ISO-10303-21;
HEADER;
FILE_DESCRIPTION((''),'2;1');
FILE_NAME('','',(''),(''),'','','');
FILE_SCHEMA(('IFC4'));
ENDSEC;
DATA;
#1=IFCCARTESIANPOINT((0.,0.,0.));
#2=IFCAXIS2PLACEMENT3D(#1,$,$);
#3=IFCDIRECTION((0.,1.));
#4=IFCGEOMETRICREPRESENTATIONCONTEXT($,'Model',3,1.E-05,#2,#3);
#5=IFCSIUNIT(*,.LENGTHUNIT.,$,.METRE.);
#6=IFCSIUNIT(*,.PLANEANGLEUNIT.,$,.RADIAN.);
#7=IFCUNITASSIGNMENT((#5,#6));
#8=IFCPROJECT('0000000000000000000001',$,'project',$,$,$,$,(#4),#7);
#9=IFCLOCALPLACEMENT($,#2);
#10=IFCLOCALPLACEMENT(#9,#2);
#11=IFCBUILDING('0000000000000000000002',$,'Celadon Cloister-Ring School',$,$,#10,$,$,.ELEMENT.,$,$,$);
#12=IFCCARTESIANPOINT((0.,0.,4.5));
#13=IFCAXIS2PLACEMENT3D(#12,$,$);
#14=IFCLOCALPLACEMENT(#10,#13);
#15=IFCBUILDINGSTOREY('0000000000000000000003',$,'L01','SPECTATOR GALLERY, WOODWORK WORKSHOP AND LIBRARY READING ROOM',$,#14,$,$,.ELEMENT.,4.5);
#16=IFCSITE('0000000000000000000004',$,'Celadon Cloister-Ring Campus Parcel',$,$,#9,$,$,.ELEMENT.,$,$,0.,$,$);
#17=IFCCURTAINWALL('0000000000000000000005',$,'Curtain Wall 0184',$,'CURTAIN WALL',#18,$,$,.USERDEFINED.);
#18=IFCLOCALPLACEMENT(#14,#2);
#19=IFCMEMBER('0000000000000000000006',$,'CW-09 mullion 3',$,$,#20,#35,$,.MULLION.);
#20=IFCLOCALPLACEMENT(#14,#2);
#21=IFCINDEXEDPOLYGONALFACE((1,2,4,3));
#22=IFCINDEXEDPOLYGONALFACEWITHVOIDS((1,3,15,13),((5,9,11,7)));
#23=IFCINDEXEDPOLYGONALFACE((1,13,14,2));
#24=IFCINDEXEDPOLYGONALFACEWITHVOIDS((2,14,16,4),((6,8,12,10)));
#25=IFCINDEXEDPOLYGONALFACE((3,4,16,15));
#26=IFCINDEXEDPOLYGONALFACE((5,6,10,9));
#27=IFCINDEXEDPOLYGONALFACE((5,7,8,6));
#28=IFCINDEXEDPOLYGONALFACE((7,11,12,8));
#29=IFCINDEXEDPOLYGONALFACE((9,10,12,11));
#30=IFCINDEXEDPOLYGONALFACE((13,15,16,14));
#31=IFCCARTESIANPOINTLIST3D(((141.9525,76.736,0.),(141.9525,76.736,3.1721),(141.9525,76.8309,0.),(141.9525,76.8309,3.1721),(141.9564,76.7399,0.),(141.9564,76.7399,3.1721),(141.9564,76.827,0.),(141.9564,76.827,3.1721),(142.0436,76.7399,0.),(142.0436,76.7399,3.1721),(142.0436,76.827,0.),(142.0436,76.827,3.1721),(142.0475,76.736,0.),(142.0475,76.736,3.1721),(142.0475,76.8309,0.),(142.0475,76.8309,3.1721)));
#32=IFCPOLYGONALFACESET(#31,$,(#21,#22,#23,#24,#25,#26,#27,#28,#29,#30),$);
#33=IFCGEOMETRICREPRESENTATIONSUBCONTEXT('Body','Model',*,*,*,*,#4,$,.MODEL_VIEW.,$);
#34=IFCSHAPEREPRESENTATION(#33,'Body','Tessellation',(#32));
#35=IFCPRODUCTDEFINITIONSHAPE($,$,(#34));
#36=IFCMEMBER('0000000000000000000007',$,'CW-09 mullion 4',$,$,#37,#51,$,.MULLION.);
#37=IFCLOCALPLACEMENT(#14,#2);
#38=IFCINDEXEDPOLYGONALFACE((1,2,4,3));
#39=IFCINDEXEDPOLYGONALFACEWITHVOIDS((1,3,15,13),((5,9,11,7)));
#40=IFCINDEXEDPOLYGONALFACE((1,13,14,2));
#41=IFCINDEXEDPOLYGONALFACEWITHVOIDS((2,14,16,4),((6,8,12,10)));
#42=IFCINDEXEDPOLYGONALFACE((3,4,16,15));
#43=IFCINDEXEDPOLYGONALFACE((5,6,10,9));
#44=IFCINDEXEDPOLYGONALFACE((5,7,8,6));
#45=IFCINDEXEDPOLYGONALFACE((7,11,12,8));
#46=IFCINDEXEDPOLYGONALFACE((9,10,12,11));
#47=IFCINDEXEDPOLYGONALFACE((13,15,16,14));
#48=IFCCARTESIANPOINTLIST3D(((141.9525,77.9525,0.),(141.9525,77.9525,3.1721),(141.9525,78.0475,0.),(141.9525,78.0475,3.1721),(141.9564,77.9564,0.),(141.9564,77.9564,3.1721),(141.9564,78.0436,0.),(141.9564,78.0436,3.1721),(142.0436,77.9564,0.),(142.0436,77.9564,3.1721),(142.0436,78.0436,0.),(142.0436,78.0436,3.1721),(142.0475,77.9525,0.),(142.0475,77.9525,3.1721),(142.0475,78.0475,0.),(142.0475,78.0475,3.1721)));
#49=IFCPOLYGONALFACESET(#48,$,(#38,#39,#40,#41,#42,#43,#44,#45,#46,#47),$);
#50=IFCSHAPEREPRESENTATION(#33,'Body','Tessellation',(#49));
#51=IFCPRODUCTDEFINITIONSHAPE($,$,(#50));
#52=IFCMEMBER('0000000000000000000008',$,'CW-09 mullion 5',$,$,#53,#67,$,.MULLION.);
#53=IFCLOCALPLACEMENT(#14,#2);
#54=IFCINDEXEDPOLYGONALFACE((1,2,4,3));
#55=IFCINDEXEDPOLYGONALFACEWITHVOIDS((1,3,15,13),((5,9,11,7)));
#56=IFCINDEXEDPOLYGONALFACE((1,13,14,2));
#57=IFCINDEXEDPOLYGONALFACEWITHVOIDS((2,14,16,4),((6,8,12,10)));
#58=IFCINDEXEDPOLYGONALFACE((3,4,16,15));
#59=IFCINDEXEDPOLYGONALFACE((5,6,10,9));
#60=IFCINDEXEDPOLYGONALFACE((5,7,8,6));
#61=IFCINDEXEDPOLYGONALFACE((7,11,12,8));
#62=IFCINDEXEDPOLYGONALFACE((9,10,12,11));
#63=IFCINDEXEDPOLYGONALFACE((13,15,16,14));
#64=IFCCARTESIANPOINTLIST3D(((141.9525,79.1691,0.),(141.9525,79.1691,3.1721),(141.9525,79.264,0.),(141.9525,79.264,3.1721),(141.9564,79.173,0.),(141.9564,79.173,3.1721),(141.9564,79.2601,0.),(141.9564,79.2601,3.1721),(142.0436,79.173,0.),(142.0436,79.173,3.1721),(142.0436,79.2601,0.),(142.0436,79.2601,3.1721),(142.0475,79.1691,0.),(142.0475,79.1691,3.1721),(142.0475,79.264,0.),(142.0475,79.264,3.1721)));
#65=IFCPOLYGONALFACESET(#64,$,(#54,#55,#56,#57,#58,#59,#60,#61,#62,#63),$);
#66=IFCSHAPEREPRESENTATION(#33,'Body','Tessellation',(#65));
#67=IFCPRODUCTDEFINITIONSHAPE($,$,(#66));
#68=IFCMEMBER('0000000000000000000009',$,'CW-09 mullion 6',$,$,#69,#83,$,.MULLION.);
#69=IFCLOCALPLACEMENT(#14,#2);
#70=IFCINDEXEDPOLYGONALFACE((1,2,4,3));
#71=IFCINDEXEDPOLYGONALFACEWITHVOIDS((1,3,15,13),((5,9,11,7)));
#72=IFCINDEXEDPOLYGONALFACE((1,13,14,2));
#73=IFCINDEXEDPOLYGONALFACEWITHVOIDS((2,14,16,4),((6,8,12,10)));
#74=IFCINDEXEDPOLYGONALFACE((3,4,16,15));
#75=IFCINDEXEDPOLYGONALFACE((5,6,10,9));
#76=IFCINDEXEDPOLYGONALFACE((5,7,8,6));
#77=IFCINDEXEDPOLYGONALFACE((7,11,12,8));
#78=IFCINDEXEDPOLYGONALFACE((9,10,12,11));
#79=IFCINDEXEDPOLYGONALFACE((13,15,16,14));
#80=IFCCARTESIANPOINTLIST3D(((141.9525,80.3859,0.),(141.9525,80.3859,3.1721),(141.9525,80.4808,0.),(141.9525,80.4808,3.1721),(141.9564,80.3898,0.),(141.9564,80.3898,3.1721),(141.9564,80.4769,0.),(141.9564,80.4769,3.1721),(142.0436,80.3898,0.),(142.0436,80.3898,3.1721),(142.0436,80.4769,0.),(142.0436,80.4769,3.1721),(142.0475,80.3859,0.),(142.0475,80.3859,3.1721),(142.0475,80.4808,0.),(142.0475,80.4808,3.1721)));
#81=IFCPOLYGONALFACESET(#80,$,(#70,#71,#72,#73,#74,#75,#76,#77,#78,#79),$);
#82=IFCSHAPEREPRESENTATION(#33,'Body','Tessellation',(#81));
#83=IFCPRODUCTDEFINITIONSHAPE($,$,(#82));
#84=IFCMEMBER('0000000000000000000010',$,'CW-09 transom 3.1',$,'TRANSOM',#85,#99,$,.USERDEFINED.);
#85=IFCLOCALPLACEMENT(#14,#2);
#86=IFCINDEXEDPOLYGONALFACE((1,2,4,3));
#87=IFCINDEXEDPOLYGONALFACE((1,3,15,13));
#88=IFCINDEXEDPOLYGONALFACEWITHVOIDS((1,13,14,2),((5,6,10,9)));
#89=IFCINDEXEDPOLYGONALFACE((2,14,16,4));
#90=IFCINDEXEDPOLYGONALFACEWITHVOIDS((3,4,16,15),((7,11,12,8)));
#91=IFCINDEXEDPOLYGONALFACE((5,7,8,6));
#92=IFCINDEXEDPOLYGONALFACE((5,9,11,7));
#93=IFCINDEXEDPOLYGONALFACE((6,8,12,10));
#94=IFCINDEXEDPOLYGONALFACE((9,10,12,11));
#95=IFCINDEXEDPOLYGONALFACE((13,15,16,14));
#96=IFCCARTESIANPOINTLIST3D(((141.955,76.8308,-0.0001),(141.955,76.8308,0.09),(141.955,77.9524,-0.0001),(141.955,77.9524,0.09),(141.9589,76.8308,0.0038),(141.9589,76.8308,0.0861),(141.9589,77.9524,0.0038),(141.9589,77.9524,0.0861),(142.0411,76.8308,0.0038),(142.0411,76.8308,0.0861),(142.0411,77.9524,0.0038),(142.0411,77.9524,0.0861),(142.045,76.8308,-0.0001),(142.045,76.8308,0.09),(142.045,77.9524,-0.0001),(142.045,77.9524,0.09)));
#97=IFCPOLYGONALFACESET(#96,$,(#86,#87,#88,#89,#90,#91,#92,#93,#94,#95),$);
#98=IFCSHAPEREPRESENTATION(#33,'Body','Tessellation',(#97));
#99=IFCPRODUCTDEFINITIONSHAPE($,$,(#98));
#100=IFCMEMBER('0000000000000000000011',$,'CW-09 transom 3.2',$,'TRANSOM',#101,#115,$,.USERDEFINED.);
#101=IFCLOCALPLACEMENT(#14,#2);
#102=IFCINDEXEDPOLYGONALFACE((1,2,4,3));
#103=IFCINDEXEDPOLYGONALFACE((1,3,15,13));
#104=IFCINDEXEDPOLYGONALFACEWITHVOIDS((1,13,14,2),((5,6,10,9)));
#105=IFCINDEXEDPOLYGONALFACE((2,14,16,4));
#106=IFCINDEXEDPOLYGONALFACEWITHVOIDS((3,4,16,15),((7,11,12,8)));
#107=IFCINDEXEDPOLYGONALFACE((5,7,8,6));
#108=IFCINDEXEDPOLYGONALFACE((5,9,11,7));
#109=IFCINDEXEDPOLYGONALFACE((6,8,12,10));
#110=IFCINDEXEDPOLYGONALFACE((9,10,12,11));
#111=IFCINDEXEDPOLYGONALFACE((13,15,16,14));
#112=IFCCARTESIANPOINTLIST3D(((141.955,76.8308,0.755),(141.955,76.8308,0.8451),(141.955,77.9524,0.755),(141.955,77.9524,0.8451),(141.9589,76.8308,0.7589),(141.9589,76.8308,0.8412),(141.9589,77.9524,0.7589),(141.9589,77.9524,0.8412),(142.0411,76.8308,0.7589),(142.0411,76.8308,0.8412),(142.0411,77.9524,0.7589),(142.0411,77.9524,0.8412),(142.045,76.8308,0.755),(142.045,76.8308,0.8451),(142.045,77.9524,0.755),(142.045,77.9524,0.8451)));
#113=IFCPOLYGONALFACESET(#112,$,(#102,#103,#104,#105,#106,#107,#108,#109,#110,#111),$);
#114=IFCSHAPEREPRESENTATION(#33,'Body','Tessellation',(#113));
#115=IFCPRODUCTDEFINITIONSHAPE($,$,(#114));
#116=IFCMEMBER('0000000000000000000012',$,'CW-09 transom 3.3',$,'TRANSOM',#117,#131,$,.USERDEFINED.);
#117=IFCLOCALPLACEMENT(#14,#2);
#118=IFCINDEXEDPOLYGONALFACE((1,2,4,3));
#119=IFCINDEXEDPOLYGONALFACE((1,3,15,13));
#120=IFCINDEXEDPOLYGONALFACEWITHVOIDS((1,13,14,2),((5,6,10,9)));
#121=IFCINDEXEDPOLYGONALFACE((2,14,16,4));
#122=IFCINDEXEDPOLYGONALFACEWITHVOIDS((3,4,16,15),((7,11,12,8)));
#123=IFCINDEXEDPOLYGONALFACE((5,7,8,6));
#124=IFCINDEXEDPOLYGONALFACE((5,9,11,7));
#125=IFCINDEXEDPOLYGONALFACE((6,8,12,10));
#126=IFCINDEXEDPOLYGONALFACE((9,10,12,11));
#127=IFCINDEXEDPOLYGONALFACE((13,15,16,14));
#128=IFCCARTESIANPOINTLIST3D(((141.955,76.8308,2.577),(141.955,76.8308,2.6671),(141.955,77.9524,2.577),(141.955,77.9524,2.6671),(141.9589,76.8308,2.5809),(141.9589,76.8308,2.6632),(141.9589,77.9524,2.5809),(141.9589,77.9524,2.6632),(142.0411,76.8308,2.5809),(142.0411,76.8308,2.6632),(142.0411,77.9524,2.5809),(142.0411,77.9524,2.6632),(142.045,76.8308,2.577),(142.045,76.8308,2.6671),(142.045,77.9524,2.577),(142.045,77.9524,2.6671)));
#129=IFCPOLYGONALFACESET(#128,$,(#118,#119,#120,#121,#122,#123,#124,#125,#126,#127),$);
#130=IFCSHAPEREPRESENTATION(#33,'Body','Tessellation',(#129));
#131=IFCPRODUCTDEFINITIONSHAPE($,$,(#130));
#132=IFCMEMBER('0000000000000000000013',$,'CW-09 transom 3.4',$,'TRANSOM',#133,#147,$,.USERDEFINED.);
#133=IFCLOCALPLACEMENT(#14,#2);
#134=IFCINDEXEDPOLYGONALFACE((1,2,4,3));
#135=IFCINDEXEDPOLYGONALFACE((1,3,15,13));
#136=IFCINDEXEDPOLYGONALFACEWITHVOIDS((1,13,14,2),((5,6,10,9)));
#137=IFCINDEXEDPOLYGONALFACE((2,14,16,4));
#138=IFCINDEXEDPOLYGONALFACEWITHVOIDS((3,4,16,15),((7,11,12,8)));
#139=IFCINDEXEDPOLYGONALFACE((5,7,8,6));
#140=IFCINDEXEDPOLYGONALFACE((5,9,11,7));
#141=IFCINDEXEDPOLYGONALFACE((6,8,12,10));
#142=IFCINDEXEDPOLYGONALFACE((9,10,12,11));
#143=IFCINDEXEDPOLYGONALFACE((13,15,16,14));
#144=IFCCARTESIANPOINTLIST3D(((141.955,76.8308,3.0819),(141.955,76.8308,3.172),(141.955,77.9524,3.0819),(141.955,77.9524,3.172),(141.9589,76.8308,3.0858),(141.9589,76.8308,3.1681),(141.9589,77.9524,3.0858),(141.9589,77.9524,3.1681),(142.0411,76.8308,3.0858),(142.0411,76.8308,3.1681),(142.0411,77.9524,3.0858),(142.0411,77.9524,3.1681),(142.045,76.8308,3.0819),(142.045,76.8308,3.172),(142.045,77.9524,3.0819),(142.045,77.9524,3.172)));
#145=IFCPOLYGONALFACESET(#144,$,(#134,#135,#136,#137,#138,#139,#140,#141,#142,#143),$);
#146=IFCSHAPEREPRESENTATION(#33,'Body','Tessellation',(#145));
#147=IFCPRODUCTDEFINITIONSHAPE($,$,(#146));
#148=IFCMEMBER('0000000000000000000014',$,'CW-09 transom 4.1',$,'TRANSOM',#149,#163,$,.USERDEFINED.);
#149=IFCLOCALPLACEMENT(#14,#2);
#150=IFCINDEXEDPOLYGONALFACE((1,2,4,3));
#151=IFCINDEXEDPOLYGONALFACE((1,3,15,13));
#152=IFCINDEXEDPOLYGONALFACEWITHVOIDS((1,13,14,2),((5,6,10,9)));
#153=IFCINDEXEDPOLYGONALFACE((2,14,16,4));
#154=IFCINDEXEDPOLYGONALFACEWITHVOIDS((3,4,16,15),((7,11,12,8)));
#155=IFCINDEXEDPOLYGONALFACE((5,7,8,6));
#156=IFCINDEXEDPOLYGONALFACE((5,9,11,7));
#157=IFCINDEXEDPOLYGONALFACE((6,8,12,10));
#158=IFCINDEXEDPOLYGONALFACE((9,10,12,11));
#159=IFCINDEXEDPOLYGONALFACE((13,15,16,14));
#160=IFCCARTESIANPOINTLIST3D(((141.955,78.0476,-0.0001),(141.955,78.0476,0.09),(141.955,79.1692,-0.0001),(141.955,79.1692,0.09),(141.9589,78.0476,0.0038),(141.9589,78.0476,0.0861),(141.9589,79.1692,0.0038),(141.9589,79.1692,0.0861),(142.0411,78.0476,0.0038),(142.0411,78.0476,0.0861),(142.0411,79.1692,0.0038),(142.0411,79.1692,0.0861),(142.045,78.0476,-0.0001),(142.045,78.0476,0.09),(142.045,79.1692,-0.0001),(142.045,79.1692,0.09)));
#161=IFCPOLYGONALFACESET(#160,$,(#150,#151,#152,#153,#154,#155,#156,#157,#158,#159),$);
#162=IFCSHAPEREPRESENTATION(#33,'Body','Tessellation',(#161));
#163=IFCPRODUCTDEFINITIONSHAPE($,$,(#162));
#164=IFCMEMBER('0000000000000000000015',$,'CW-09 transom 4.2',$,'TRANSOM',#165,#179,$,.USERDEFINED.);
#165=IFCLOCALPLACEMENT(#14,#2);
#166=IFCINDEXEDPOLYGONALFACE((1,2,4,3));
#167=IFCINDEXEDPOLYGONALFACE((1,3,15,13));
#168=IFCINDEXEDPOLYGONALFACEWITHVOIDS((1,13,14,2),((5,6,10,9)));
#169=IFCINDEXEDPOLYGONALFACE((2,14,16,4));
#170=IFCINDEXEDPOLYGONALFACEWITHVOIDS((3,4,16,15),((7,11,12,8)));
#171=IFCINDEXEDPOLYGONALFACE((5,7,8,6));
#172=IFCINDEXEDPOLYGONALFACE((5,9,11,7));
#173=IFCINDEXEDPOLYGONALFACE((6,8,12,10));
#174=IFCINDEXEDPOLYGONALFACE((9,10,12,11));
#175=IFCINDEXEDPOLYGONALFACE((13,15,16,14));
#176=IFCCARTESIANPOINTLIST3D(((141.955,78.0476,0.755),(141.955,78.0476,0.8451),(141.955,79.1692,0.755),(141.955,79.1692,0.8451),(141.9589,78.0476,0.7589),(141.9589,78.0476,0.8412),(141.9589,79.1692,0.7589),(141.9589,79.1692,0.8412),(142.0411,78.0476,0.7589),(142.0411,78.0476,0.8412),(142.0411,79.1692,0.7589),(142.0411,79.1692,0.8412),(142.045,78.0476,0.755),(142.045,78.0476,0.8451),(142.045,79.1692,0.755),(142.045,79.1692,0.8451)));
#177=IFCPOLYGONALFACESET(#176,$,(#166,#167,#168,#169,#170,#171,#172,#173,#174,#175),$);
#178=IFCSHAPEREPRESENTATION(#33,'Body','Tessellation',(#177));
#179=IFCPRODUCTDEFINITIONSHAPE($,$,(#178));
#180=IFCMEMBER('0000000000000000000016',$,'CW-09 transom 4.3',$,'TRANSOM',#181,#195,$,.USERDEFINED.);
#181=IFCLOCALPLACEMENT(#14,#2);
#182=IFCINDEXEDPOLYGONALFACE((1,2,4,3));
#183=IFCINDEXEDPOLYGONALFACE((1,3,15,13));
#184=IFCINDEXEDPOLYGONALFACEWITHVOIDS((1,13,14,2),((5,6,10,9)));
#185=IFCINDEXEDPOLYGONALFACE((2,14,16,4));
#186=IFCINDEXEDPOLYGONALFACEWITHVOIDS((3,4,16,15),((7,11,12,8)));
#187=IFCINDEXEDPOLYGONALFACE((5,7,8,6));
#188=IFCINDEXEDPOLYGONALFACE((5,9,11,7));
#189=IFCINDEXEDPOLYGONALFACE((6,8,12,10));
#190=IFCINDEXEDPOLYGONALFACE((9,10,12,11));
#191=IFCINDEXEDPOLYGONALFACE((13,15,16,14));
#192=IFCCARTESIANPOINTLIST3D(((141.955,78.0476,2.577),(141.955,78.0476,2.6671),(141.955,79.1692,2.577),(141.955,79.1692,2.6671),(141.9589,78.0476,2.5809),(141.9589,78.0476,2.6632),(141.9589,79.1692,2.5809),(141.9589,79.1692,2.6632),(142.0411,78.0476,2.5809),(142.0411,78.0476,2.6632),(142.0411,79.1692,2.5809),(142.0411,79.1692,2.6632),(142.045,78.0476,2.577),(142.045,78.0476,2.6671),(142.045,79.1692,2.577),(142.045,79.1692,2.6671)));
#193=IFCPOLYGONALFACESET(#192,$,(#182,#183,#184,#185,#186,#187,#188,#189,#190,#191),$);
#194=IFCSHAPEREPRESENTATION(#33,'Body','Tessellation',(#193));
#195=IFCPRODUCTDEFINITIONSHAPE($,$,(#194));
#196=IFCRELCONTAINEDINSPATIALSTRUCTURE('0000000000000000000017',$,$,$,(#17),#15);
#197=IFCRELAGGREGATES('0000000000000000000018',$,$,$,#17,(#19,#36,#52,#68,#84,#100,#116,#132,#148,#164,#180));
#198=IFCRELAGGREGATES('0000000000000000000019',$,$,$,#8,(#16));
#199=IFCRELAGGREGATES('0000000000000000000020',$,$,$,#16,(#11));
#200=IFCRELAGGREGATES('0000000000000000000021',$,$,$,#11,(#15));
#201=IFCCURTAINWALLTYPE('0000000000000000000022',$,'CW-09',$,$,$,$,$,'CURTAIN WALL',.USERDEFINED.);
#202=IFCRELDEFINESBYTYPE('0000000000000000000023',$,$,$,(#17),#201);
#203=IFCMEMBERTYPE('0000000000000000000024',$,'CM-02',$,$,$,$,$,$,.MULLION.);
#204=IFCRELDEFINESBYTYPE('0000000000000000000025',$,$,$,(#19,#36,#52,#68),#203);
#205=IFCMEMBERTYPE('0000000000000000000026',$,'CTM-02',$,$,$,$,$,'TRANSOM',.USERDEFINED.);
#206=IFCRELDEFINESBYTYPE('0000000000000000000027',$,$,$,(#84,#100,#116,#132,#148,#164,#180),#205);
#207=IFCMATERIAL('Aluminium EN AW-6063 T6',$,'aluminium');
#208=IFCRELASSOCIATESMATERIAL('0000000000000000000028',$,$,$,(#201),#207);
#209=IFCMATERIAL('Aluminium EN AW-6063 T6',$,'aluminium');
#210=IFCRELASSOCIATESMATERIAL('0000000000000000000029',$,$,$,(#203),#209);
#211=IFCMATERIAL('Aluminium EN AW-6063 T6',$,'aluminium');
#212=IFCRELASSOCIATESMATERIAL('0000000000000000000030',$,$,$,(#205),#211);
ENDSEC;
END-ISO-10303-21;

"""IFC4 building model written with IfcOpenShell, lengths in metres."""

from ifc_helpers import new_model, si_unit, direction, frame, origin, origin_2d, place, context, subcontext, project, spatial, hollow_rectangle, extrude, material, material_profile, profile_set, type_object, element, aggregate, save


model = new_model("IFC4")

# Units and contexts
model_context = context("Model", 3, precision=1e-05, world=origin(), true_north=direction((0.0, 1.0)))
body_context = subcontext(model_context, "Body", "Model", "MODEL_VIEW")
ifc_project = project(units=[si_unit("LENGTHUNIT", "METRE"), si_unit("PLANEANGLEUNIT", "RADIAN")], contexts=[model_context])

# Site, building, storey
site_placement = place(None, origin())
site = spatial("IfcSite", under=ifc_project, at=site_placement, Name="Celadon Cloister-Ring Campus Parcel", CompositionType="ELEMENT", RefElevation=0.0)
building_placement = place(site_placement, origin())
building = spatial("IfcBuilding", under=site, at=building_placement, Name="Celadon Cloister-Ring School", CompositionType="ELEMENT")
storey_placement = place(building_placement, frame((0.0, 0.0, 4.5)))
storey = spatial("IfcBuildingStorey", under=building, at=storey_placement, Name="L01", Description="SPECTATOR GALLERY, WOODWORK WORKSHOP AND LIBRARY READING ROOM", CompositionType="ELEMENT", Elevation=4.5)

# Curtain wall, members
ifc_material_1 = material(Name="Aluminium EN AW-6063 T6", Category="aluminium")
curtain_wall_type = type_object("IfcCurtainWallType", Name="CW-09", ElementType="CURTAIN WALL", PredefinedType="USERDEFINED", material=ifc_material_1)
curtain_wall_placement = place(storey_placement, origin())
curtain_wall = element("IfcCurtainWall", 1, at=curtain_wall_placement, inside=storey, type_object=curtain_wall_type, Name="Curtain Wall 0184", ObjectType="CURTAIN WALL", PredefinedType="USERDEFINED")
ifc_material_2 = material(Name="Aluminium EN AW-6063 T6", Category="aluminium")
ifc_material_profile_1 = material_profile(ifc_material_2, hollow_rectangle(XDim=0.095, YDim=0.095, WallThickness=0.0039, at=origin_2d()), Name="RHS95X95X4")
ifc_profile_set_1 = profile_set([ifc_material_profile_1], Name="Aluminium EN AW-6063 T6")
member_type_1 = type_object("IfcMemberType", Name="CM-02", PredefinedType="MULLION", material=ifc_profile_set_1)
member_1_placement = place(storey_placement, frame((142.0, 76.7834, 0.0), z_axis=(0.0, 0.0, 1.0), x_axis=(-1.0, 0.0, 0.0)))
member_1 = element("IfcMember", 2, at=member_1_placement, type_object=member_type_1, Name="CW-09 mullion 3", PredefinedType="MULLION", context=body_context, shape_type="SweptSolid", body=[
    extrude(hollow_rectangle(XDim=0.095, YDim=0.095, WallThickness=0.0039, at=origin_2d()), origin(), (0.0, 0.0, 1.0), 3.1721),
])
member_2_placement = place(storey_placement, frame((142.0, 78.0, 0.0), z_axis=(0.0, 0.0, 1.0), x_axis=(-1.0, 0.0, 0.0)))
member_2 = element("IfcMember", 3, at=member_2_placement, type_object=member_type_1, Name="CW-09 mullion 4", PredefinedType="MULLION", context=body_context, shape_type="SweptSolid", body=[
    extrude(hollow_rectangle(XDim=0.095, YDim=0.095, WallThickness=0.0039, at=origin_2d()), origin(), (0.0, 0.0, 1.0), 3.1721),
])
member_3_placement = place(storey_placement, frame((142.0, 79.2166, 0.0), z_axis=(0.0, 0.0, 1.0), x_axis=(-1.0, 0.0, 0.0)))
member_3 = element("IfcMember", 4, at=member_3_placement, type_object=member_type_1, Name="CW-09 mullion 5", PredefinedType="MULLION", context=body_context, shape_type="SweptSolid", body=[
    extrude(hollow_rectangle(XDim=0.095, YDim=0.095, WallThickness=0.0039, at=origin_2d()), origin(), (0.0, 0.0, 1.0), 3.1721),
])
member_4_placement = place(storey_placement, frame((142.0, 80.4333, 0.0), z_axis=(0.0, 0.0, 1.0), x_axis=(-1.0, 0.0, 0.0)))
member_4 = element("IfcMember", 5, at=member_4_placement, type_object=member_type_1, Name="CW-09 mullion 6", PredefinedType="MULLION", context=body_context, shape_type="SweptSolid", body=[
    extrude(hollow_rectangle(XDim=0.095, YDim=0.095, WallThickness=0.0039, at=origin_2d()), origin(), (0.0, 0.0, 1.0), 3.1721),
])
ifc_material_3 = material(Name="Aluminium EN AW-6063 T6", Category="aluminium")
ifc_material_profile_2 = material_profile(ifc_material_3, hollow_rectangle(XDim=0.0901, YDim=0.0901, WallThickness=0.0039, at=origin_2d()), Name="RHS90X90X4")
ifc_profile_set_2 = profile_set([ifc_material_profile_2], Name="Aluminium EN AW-6063 T6")
member_type_2 = type_object("IfcMemberType", Name="CTM-02", ElementType="TRANSOM", PredefinedType="USERDEFINED", material=ifc_profile_set_2)
member_5_placement = place(storey_placement, frame((142.0, 76.8308, 0.0449), z_axis=(0.0, 1.0, 0.0), x_axis=(-1.0, 0.0, 0.0)))
member_5 = element("IfcMember", 6, at=member_5_placement, type_object=member_type_2, Name="CW-09 transom 3.1", ObjectType="TRANSOM", PredefinedType="USERDEFINED", context=body_context, shape_type="SweptSolid", body=[
    extrude(hollow_rectangle(XDim=0.0901, YDim=0.0901, WallThickness=0.0039, at=origin_2d()), origin(), (0.0, 0.0, 1.0), 1.1216),
])
member_6_placement = place(storey_placement, frame((142.0, 76.8308, 0.8), z_axis=(0.0, 1.0, 0.0), x_axis=(-1.0, 0.0, 0.0)))
member_6 = element("IfcMember", 7, at=member_6_placement, type_object=member_type_2, Name="CW-09 transom 3.2", ObjectType="TRANSOM", PredefinedType="USERDEFINED", context=body_context, shape_type="SweptSolid", body=[
    extrude(hollow_rectangle(XDim=0.0901, YDim=0.0901, WallThickness=0.0039, at=origin_2d()), origin(), (0.0, 0.0, 1.0), 1.1216),
])
member_7_placement = place(storey_placement, frame((142.0, 76.8308, 2.6221), z_axis=(0.0, 1.0, 0.0), x_axis=(-1.0, 0.0, 0.0)))
member_7 = element("IfcMember", 8, at=member_7_placement, type_object=member_type_2, Name="CW-09 transom 3.3", ObjectType="TRANSOM", PredefinedType="USERDEFINED", context=body_context, shape_type="SweptSolid", body=[
    extrude(hollow_rectangle(XDim=0.0901, YDim=0.0901, WallThickness=0.0039, at=origin_2d()), origin(), (0.0, 0.0, 1.0), 1.1216),
])
member_8_placement = place(storey_placement, frame((142.0, 76.8308, 3.127), z_axis=(0.0, 1.0, 0.0), x_axis=(-1.0, 0.0, 0.0)))
member_8 = element("IfcMember", 9, at=member_8_placement, type_object=member_type_2, Name="CW-09 transom 3.4", ObjectType="TRANSOM", PredefinedType="USERDEFINED", context=body_context, shape_type="SweptSolid", body=[
    extrude(hollow_rectangle(XDim=0.0901, YDim=0.0901, WallThickness=0.0039, at=origin_2d()), origin(), (0.0, 0.0, 1.0), 1.1216),
])
member_9_placement = place(storey_placement, frame((142.0, 78.0476, 0.0449), z_axis=(0.0, 1.0, 0.0), x_axis=(-1.0, 0.0, 0.0)))
member_9 = element("IfcMember", 10, at=member_9_placement, type_object=member_type_2, Name="CW-09 transom 4.1", ObjectType="TRANSOM", PredefinedType="USERDEFINED", context=body_context, shape_type="SweptSolid", body=[
    extrude(hollow_rectangle(XDim=0.0901, YDim=0.0901, WallThickness=0.0039, at=origin_2d()), origin(), (0.0, 0.0, 1.0), 1.1216),
])
member_10_placement = place(storey_placement, frame((142.0, 78.0476, 0.8), z_axis=(0.0, 1.0, 0.0), x_axis=(-1.0, 0.0, 0.0)))
member_10 = element("IfcMember", 11, at=member_10_placement, type_object=member_type_2, Name="CW-09 transom 4.2", ObjectType="TRANSOM", PredefinedType="USERDEFINED", context=body_context, shape_type="SweptSolid", body=[
    extrude(hollow_rectangle(XDim=0.0901, YDim=0.0901, WallThickness=0.0039, at=origin_2d()), origin(), (0.0, 0.0, 1.0), 1.1216),
])
member_11_placement = place(storey_placement, frame((142.0, 78.0476, 2.6221), z_axis=(0.0, 1.0, 0.0), x_axis=(-1.0, 0.0, 0.0)))
member_11 = element("IfcMember", 12, at=member_11_placement, type_object=member_type_2, Name="CW-09 transom 4.3", ObjectType="TRANSOM", PredefinedType="USERDEFINED", context=body_context, shape_type="SweptSolid", body=[
    extrude(hollow_rectangle(XDim=0.0901, YDim=0.0901, WallThickness=0.0039, at=origin_2d()), origin(), (0.0, 0.0, 1.0), 1.1216),
])
aggregate(curtain_wall, [member_1, member_2, member_3, member_4, member_5, member_6, member_7, member_8, member_9, member_10, member_11])

save(model, "model.ifc")
